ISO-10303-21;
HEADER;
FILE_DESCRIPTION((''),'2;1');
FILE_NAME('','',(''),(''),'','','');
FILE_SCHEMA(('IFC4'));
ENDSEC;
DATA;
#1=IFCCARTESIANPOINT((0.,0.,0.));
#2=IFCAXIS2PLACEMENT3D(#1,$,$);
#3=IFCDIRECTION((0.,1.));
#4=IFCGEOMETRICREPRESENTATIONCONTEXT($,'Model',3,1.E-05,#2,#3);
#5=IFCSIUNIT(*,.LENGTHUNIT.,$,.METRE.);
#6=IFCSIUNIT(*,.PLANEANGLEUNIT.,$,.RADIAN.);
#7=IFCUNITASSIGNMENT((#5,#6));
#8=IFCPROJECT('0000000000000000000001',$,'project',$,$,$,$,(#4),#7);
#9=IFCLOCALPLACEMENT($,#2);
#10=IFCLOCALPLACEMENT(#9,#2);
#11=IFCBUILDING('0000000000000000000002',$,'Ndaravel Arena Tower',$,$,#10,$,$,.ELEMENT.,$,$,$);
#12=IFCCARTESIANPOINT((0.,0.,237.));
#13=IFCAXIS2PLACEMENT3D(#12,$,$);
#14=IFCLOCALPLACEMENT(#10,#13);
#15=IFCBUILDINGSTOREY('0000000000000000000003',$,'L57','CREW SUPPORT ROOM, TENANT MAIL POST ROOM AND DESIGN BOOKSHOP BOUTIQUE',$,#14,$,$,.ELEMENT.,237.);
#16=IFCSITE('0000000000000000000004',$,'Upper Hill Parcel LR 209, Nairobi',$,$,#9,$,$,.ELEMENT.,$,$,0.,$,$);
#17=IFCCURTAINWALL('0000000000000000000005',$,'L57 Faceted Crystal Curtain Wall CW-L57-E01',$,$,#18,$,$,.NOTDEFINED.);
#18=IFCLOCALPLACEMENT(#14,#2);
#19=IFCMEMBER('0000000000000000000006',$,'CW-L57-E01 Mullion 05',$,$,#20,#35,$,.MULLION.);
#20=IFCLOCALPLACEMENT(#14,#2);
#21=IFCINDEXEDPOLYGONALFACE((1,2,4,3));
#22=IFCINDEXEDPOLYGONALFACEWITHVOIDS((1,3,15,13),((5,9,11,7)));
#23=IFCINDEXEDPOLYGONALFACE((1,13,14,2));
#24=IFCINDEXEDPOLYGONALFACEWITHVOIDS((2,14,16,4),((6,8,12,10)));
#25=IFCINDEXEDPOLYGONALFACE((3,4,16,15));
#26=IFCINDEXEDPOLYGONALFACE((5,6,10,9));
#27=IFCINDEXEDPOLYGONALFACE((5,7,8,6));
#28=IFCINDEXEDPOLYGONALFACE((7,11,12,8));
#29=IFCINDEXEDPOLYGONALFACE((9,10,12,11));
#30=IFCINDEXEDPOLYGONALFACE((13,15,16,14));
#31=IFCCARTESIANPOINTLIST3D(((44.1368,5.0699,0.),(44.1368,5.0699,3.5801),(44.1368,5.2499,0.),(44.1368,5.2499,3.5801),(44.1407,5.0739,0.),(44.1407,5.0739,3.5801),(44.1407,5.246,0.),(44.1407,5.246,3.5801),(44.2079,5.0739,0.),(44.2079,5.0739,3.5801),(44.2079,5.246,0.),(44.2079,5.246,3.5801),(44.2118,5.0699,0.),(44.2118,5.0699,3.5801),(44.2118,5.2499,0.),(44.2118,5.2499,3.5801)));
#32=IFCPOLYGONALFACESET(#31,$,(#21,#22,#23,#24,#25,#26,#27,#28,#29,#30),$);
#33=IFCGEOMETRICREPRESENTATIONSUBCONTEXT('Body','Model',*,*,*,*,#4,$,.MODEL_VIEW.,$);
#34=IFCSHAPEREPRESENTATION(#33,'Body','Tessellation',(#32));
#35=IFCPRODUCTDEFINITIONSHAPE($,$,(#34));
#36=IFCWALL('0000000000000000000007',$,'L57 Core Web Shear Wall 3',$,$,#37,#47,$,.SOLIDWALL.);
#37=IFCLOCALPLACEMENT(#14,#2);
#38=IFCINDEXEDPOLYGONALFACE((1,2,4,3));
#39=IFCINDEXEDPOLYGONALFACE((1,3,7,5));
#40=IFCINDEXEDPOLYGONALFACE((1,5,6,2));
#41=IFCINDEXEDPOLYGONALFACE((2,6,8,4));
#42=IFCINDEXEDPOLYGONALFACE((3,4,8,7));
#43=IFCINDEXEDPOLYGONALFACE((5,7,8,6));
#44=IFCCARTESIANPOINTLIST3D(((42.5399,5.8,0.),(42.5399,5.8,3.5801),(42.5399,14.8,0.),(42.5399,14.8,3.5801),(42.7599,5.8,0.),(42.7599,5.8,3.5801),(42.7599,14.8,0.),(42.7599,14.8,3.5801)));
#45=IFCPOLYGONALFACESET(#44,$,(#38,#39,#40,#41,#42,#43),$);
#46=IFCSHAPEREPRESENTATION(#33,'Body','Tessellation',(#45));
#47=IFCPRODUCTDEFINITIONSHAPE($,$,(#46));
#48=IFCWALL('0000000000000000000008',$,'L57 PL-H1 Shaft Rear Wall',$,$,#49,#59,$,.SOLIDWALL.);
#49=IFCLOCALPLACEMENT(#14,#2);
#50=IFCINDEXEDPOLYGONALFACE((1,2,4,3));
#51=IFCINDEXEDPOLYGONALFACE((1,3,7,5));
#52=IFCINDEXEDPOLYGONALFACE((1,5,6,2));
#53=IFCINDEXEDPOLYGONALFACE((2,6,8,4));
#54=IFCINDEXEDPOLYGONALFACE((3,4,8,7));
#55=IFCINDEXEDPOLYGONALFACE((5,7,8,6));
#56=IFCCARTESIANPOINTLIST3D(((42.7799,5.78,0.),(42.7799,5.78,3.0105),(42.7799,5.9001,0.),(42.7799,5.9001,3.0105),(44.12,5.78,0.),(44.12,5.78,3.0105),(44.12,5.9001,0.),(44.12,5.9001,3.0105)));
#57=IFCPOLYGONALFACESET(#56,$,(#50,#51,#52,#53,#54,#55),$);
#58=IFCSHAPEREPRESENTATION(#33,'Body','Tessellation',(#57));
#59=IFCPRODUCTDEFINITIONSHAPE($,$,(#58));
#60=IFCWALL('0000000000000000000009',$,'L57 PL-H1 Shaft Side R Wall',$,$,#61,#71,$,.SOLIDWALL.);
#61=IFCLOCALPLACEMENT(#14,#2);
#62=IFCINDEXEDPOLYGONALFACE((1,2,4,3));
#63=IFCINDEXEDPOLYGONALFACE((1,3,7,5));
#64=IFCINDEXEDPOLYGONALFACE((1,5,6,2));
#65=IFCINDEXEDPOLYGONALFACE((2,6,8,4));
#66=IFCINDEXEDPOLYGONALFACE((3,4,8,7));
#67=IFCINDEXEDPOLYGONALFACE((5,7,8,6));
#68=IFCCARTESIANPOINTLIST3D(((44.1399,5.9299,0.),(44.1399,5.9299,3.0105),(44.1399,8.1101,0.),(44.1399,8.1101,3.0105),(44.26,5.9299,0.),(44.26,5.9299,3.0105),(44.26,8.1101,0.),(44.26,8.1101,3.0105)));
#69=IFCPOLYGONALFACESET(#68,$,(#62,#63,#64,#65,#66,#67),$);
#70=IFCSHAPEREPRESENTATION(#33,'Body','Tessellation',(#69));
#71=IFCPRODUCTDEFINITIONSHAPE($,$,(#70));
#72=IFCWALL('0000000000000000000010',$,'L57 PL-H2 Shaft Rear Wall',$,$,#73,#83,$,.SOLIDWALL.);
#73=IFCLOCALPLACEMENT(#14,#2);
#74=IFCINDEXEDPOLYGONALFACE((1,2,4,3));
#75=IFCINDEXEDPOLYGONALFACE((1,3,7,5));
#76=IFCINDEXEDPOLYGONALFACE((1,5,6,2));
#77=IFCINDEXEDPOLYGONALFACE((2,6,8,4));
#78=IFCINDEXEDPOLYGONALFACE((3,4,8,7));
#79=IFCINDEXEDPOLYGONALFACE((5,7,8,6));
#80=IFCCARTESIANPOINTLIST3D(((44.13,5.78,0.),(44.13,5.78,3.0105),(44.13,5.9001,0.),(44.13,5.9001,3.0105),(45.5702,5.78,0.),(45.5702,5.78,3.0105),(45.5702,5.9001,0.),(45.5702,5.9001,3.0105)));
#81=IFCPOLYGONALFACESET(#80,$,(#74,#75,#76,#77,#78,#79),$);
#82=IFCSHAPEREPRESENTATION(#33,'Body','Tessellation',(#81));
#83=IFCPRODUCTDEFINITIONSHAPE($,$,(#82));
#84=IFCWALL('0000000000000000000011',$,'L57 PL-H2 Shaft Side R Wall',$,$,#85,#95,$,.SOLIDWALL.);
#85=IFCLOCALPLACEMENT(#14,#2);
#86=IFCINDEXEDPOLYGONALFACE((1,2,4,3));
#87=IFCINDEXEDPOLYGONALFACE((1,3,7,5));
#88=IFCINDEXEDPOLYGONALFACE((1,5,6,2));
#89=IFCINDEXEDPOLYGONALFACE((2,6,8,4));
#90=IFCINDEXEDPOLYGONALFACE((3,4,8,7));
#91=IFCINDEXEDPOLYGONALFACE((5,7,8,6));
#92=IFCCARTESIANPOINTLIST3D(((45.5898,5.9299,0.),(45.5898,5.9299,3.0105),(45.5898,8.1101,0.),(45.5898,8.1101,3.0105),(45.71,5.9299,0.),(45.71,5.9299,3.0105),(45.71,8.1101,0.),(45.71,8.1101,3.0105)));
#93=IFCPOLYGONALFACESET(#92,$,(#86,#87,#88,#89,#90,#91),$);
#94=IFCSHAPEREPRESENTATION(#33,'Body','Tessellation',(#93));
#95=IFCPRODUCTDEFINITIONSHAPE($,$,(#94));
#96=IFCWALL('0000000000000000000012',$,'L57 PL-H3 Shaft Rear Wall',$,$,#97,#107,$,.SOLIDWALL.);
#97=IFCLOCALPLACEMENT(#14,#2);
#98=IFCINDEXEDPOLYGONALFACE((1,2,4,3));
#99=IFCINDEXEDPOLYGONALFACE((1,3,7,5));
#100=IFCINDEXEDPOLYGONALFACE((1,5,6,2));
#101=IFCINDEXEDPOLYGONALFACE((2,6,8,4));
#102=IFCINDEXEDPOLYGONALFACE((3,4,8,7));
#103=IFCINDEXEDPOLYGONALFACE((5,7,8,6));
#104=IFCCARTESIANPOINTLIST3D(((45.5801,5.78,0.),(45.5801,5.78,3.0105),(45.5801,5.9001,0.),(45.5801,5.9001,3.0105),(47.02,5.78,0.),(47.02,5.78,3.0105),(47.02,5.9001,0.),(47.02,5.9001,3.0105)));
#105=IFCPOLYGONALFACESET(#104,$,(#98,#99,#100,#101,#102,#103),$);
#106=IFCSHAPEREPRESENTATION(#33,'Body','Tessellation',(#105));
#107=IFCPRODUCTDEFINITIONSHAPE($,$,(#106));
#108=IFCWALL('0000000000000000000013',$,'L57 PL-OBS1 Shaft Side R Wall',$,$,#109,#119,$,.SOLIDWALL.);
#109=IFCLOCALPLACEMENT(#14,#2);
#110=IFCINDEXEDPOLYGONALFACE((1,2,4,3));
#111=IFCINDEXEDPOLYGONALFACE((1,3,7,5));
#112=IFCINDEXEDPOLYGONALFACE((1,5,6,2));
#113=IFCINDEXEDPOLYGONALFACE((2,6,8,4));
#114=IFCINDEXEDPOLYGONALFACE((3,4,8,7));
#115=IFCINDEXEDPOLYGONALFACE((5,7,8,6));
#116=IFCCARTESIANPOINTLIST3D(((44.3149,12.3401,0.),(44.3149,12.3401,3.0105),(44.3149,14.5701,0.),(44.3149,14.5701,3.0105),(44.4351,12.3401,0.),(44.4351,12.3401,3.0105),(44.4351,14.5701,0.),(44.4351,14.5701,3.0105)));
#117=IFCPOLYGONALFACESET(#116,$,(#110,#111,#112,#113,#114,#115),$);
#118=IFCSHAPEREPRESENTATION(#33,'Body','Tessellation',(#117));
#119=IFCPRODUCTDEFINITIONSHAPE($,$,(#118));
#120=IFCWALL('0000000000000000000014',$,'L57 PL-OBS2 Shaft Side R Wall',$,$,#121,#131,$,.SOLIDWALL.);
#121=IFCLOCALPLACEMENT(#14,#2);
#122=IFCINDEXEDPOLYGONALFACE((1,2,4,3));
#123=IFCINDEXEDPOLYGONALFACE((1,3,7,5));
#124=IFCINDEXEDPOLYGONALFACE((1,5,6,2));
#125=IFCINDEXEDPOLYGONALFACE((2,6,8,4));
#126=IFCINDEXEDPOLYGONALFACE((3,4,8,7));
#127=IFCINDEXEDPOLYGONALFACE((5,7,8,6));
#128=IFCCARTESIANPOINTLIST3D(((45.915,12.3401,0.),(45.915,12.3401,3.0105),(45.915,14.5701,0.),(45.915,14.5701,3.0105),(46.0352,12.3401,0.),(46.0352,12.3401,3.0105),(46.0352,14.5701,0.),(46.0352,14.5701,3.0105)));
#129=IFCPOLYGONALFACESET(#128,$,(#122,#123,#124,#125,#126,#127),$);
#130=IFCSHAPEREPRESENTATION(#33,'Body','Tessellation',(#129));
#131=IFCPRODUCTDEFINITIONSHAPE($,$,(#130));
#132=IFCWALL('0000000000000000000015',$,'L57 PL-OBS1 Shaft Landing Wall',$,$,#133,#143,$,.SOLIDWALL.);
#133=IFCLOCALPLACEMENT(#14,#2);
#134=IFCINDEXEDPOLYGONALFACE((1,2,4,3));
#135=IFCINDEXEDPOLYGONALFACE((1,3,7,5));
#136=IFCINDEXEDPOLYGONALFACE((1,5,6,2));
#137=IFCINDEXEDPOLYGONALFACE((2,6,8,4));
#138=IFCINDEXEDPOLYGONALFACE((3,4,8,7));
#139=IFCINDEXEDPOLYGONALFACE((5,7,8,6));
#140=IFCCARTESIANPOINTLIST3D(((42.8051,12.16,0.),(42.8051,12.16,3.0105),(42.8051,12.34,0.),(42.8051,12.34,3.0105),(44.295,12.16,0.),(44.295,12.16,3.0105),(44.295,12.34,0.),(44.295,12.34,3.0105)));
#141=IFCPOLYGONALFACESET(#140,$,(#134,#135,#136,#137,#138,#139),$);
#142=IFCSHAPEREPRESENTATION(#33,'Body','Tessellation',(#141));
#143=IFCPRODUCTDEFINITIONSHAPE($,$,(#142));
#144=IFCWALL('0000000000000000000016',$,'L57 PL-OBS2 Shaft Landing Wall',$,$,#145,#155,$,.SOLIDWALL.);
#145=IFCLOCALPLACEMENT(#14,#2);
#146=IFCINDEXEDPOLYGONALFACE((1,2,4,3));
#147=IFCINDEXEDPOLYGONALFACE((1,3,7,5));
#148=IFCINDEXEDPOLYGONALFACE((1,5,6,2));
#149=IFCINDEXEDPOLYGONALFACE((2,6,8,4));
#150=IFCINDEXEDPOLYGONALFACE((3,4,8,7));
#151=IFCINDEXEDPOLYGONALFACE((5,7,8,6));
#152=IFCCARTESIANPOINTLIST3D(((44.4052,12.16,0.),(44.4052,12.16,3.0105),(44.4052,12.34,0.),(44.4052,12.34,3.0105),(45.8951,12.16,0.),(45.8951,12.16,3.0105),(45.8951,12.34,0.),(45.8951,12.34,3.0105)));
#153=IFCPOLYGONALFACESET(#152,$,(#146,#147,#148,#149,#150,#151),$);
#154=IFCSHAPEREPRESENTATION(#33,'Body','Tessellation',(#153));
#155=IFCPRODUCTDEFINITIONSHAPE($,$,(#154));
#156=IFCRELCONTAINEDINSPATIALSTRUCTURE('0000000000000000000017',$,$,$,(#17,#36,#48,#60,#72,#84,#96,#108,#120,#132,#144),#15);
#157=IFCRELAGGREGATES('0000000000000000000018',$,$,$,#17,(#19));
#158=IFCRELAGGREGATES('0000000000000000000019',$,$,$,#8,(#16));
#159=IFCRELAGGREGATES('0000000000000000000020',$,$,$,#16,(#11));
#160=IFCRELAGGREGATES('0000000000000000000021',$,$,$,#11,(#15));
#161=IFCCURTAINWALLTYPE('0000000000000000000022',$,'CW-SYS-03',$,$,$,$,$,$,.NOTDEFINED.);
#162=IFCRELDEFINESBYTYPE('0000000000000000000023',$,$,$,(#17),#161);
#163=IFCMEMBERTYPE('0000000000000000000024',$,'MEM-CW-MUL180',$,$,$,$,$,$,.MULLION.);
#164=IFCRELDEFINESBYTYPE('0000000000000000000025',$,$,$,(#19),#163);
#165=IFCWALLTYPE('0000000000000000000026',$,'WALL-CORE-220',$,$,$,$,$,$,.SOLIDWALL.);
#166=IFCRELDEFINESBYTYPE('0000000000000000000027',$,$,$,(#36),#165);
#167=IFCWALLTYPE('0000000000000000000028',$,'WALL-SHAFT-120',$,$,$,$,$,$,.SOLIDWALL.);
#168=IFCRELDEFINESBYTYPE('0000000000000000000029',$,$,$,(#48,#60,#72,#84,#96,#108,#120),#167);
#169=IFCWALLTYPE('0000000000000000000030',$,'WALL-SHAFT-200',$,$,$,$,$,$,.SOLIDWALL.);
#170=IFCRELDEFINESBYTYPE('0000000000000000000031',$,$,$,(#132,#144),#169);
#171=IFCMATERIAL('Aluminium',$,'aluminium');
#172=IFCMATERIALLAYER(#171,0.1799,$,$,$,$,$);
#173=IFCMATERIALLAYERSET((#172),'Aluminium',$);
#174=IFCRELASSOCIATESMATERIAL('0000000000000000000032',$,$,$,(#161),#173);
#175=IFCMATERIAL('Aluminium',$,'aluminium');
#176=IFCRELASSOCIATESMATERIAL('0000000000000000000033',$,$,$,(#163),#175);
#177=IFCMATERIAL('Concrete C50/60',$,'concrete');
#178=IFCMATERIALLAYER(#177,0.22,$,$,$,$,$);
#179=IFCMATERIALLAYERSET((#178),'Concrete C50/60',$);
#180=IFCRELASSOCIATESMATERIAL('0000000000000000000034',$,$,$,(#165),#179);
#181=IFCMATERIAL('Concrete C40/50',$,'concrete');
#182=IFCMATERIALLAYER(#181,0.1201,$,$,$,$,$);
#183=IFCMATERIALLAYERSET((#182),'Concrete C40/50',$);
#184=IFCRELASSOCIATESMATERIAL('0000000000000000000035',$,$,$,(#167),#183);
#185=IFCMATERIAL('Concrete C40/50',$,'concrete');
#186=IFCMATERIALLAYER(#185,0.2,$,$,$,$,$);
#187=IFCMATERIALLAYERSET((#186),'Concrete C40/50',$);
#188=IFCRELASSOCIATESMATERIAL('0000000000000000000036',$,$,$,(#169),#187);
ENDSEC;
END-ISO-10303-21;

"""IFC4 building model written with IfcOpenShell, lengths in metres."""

from ifc_helpers import new_model, si_unit, direction, frame, frame_2d, origin, origin_2d, place, context, subcontext, project, spatial, rectangle, hollow_rectangle, extrude, material, layer, layer_set, material_profile, profile_set, type_object, element, aggregate, save


model = new_model("IFC4")

# Units and contexts
model_context = context("Model", 3, precision=1e-05, world=origin(), true_north=direction((0.0, 1.0)))
body_context = subcontext(model_context, "Body", "Model", "MODEL_VIEW")
ifc_project = project(units=[si_unit("LENGTHUNIT", "METRE"), si_unit("PLANEANGLEUNIT", "RADIAN")], contexts=[model_context])

# Site, building, storey
site_placement = place(None, origin())
site = spatial("IfcSite", under=ifc_project, at=site_placement, Name="Upper Hill Parcel LR 209, Nairobi", CompositionType="ELEMENT", RefElevation=0.0)
building_placement = place(site_placement, origin())
building = spatial("IfcBuilding", under=site, at=building_placement, Name="Ndaravel Arena Tower", CompositionType="ELEMENT")
storey_placement = place(building_placement, frame((0.0, 0.0, 237.0)))
storey = spatial("IfcBuildingStorey", under=building, at=storey_placement, Name="L57", Description="CREW SUPPORT ROOM, TENANT MAIL POST ROOM AND DESIGN BOOKSHOP BOUTIQUE", CompositionType="ELEMENT", Elevation=237.0)

# Curtain wall, member
ifc_material_1 = material(Name="Aluminium", Category="aluminium")
ifc_layer_1 = layer(ifc_material_1, 0.1799)
ifc_layer_set_1 = layer_set([ifc_layer_1], Name="Aluminium")
curtain_wall_type = type_object("IfcCurtainWallType", Name="CW-SYS-03", PredefinedType="NOTDEFINED", material=ifc_layer_set_1)
curtain_wall_placement = place(storey_placement, origin())
curtain_wall = element("IfcCurtainWall", 1, at=curtain_wall_placement, inside=storey, type_object=curtain_wall_type, Name="L57 Faceted Crystal Curtain Wall CW-L57-E01", PredefinedType="NOTDEFINED")
ifc_material_2 = material(Name="Aluminium", Category="aluminium")
ifc_material_profile = material_profile(ifc_material_2, hollow_rectangle(XDim=0.075, YDim=0.1799, WallThickness=0.0039, at=origin_2d()), Name="CW MULLION 75x180x4")
ifc_profile_set = profile_set([ifc_material_profile], Name="Aluminium")
member_type = type_object("IfcMemberType", Name="MEM-CW-MUL180", PredefinedType="MULLION", material=ifc_profile_set)
member_placement = place(storey_placement, frame((44.1743, 5.1599, 0.0), z_axis=(0.0, 0.0, 1.0), x_axis=(1.0, 0.0, 0.0)))
member = element("IfcMember", 2, at=member_placement, type_object=member_type, Name="CW-L57-E01 Mullion 05", PredefinedType="MULLION", context=body_context, shape_type="SweptSolid", body=[
    extrude(hollow_rectangle(XDim=0.075, YDim=0.1799, WallThickness=0.0039, at=origin_2d()), origin(), (0.0, 0.0, 1.0), 3.5801),
])
aggregate(curtain_wall, [member])

# Walls
ifc_material_3 = material(Name="Concrete C50/60", Category="concrete")
ifc_layer_2 = layer(ifc_material_3, 0.22)
ifc_layer_set_2 = layer_set([ifc_layer_2], Name="Concrete C50/60")
wall_type_1 = type_object("IfcWallType", Name="WALL-CORE-220", PredefinedType="SOLIDWALL", material=ifc_layer_set_2)
wall_1_placement = place(storey_placement, frame((42.6499, 5.8, 0.0), z_axis=(0.0, 0.0, 1.0), x_axis=(0.0, 1.0, 0.0)))
element("IfcWall", 3, at=wall_1_placement, inside=storey, type_object=wall_type_1, Name="L57 Core Web Shear Wall 3", PredefinedType="SOLIDWALL", context=body_context, shape_type="SweptSolid", body=[
    extrude(rectangle(XDim=9.0, YDim=0.22, at=frame_2d((4.5, 0.0))), origin(), (0.0, 0.0, 1.0), 3.5801),
])
ifc_material_4 = material(Name="Concrete C40/50", Category="concrete")
ifc_layer_3 = layer(ifc_material_4, 0.1201)
ifc_layer_set_3 = layer_set([ifc_layer_3], Name="Concrete C40/50")
wall_type_2 = type_object("IfcWallType", Name="WALL-SHAFT-120", PredefinedType="SOLIDWALL", material=ifc_layer_set_3)
wall_2_placement = place(storey_placement, frame((42.78, 5.8401, 0.0), z_axis=(0.0, 0.0, 1.0), x_axis=(1.0, 0.0, 0.0)))
element("IfcWall", 4, at=wall_2_placement, inside=storey, type_object=wall_type_2, Name="L57 PL-H1 Shaft Rear Wall", PredefinedType="SOLIDWALL", context=body_context, shape_type="SweptSolid", body=[
    extrude(rectangle(XDim=1.3401, YDim=0.1201, at=frame_2d((0.6699, 0.0))), origin(), (0.0, 0.0, 1.0), 3.0105),
])
wall_3_placement = place(storey_placement, frame((44.2, 5.9299, 0.0), z_axis=(0.0, 0.0, 1.0), x_axis=(0.0, 1.0, 0.0)))
element("IfcWall", 5, at=wall_3_placement, inside=storey, type_object=wall_type_2, Name="L57 PL-H1 Shaft Side R Wall", PredefinedType="SOLIDWALL", context=body_context, shape_type="SweptSolid", body=[
    extrude(rectangle(XDim=2.1802, YDim=0.1201, at=frame_2d((1.0901, 0.0))), origin(), (0.0, 0.0, 1.0), 3.0105),
])
wall_4_placement = place(storey_placement, frame((44.1299, 5.8401, 0.0), z_axis=(0.0, 0.0, 1.0), x_axis=(1.0, 0.0, 0.0)))
element("IfcWall", 6, at=wall_4_placement, inside=storey, type_object=wall_type_2, Name="L57 PL-H2 Shaft Rear Wall", PredefinedType="SOLIDWALL", context=body_context, shape_type="SweptSolid", body=[
    extrude(rectangle(XDim=1.4402, YDim=0.1201, at=frame_2d((0.7202, 0.0))), origin(), (0.0, 0.0, 1.0), 3.0105),
])
wall_5_placement = place(storey_placement, frame((45.6499, 5.9299, 0.0), z_axis=(0.0, 0.0, 1.0), x_axis=(0.0, 1.0, 0.0)))
element("IfcWall", 7, at=wall_5_placement, inside=storey, type_object=wall_type_2, Name="L57 PL-H2 Shaft Side R Wall", PredefinedType="SOLIDWALL", context=body_context, shape_type="SweptSolid", body=[
    extrude(rectangle(XDim=2.1802, YDim=0.1201, at=frame_2d((1.0901, 0.0))), origin(), (0.0, 0.0, 1.0), 3.0105),
])
wall_6_placement = place(storey_placement, frame((45.5801, 5.8401, 0.0), z_axis=(0.0, 0.0, 1.0), x_axis=(1.0, 0.0, 0.0)))
element("IfcWall", 8, at=wall_6_placement, inside=storey, type_object=wall_type_2, Name="L57 PL-H3 Shaft Rear Wall", PredefinedType="SOLIDWALL", context=body_context, shape_type="SweptSolid", body=[
    extrude(rectangle(XDim=1.4399, YDim=0.1201, at=frame_2d((0.72, 0.0))), origin(), (0.0, 0.0, 1.0), 3.0105),
])
for number, where, z_axis, x_axis, name in (
    (9, (44.375, 12.3401, 0.0), (0.0, 0.0, 1.0), (0.0, 1.0, 0.0), "L57 PL-OBS1 Shaft Side R Wall"),
    (10, (45.9751, 12.3401, 0.0), (0.0, 0.0, 1.0), (0.0, 1.0, 0.0), "L57 PL-OBS2 Shaft Side R Wall"),
):
    element("IfcWall", number, at=place(storey_placement, frame(where, z_axis=z_axis, x_axis=x_axis)), inside=storey, type_object=wall_type_2, Name=name, PredefinedType="SOLIDWALL", context=body_context, shape_type="SweptSolid", body=[
        extrude(rectangle(XDim=2.23, YDim=0.1201, at=frame_2d((1.115, 0.0))), origin(), (0.0, 0.0, 1.0), 3.0105),
    ])

# Shared definitions
ifc_material_5 = material(Name="Concrete C40/50", Category="concrete")
ifc_layer_4 = layer(ifc_material_5, 0.2)
ifc_layer_set_4 = layer_set([ifc_layer_4], Name="Concrete C40/50")
wall_type_3 = type_object("IfcWallType", Name="WALL-SHAFT-200", PredefinedType="SOLIDWALL", material=ifc_layer_set_4)

# Walls
for number, where, z_axis, x_axis, name in (
    (11, (42.8049, 12.25, 0.0), (0.0, 0.0, 1.0), (1.0, 0.0, 0.0), "L57 PL-OBS1 Shaft Landing Wall"),
    (12, (44.405, 12.25, 0.0), (0.0, 0.0, 1.0), (1.0, 0.0, 0.0), "L57 PL-OBS2 Shaft Landing Wall"),
):
    element("IfcWall", number, at=place(storey_placement, frame(where, z_axis=z_axis, x_axis=x_axis)), inside=storey, type_object=wall_type_3, Name=name, PredefinedType="SOLIDWALL", context=body_context, shape_type="SweptSolid", body=[
        extrude(rectangle(XDim=1.49, YDim=0.1799, at=frame_2d((0.7451, 0.0))), origin(), (0.0, 0.0, 1.0), 3.0105),
    ])

save(model, "model.ifc")
